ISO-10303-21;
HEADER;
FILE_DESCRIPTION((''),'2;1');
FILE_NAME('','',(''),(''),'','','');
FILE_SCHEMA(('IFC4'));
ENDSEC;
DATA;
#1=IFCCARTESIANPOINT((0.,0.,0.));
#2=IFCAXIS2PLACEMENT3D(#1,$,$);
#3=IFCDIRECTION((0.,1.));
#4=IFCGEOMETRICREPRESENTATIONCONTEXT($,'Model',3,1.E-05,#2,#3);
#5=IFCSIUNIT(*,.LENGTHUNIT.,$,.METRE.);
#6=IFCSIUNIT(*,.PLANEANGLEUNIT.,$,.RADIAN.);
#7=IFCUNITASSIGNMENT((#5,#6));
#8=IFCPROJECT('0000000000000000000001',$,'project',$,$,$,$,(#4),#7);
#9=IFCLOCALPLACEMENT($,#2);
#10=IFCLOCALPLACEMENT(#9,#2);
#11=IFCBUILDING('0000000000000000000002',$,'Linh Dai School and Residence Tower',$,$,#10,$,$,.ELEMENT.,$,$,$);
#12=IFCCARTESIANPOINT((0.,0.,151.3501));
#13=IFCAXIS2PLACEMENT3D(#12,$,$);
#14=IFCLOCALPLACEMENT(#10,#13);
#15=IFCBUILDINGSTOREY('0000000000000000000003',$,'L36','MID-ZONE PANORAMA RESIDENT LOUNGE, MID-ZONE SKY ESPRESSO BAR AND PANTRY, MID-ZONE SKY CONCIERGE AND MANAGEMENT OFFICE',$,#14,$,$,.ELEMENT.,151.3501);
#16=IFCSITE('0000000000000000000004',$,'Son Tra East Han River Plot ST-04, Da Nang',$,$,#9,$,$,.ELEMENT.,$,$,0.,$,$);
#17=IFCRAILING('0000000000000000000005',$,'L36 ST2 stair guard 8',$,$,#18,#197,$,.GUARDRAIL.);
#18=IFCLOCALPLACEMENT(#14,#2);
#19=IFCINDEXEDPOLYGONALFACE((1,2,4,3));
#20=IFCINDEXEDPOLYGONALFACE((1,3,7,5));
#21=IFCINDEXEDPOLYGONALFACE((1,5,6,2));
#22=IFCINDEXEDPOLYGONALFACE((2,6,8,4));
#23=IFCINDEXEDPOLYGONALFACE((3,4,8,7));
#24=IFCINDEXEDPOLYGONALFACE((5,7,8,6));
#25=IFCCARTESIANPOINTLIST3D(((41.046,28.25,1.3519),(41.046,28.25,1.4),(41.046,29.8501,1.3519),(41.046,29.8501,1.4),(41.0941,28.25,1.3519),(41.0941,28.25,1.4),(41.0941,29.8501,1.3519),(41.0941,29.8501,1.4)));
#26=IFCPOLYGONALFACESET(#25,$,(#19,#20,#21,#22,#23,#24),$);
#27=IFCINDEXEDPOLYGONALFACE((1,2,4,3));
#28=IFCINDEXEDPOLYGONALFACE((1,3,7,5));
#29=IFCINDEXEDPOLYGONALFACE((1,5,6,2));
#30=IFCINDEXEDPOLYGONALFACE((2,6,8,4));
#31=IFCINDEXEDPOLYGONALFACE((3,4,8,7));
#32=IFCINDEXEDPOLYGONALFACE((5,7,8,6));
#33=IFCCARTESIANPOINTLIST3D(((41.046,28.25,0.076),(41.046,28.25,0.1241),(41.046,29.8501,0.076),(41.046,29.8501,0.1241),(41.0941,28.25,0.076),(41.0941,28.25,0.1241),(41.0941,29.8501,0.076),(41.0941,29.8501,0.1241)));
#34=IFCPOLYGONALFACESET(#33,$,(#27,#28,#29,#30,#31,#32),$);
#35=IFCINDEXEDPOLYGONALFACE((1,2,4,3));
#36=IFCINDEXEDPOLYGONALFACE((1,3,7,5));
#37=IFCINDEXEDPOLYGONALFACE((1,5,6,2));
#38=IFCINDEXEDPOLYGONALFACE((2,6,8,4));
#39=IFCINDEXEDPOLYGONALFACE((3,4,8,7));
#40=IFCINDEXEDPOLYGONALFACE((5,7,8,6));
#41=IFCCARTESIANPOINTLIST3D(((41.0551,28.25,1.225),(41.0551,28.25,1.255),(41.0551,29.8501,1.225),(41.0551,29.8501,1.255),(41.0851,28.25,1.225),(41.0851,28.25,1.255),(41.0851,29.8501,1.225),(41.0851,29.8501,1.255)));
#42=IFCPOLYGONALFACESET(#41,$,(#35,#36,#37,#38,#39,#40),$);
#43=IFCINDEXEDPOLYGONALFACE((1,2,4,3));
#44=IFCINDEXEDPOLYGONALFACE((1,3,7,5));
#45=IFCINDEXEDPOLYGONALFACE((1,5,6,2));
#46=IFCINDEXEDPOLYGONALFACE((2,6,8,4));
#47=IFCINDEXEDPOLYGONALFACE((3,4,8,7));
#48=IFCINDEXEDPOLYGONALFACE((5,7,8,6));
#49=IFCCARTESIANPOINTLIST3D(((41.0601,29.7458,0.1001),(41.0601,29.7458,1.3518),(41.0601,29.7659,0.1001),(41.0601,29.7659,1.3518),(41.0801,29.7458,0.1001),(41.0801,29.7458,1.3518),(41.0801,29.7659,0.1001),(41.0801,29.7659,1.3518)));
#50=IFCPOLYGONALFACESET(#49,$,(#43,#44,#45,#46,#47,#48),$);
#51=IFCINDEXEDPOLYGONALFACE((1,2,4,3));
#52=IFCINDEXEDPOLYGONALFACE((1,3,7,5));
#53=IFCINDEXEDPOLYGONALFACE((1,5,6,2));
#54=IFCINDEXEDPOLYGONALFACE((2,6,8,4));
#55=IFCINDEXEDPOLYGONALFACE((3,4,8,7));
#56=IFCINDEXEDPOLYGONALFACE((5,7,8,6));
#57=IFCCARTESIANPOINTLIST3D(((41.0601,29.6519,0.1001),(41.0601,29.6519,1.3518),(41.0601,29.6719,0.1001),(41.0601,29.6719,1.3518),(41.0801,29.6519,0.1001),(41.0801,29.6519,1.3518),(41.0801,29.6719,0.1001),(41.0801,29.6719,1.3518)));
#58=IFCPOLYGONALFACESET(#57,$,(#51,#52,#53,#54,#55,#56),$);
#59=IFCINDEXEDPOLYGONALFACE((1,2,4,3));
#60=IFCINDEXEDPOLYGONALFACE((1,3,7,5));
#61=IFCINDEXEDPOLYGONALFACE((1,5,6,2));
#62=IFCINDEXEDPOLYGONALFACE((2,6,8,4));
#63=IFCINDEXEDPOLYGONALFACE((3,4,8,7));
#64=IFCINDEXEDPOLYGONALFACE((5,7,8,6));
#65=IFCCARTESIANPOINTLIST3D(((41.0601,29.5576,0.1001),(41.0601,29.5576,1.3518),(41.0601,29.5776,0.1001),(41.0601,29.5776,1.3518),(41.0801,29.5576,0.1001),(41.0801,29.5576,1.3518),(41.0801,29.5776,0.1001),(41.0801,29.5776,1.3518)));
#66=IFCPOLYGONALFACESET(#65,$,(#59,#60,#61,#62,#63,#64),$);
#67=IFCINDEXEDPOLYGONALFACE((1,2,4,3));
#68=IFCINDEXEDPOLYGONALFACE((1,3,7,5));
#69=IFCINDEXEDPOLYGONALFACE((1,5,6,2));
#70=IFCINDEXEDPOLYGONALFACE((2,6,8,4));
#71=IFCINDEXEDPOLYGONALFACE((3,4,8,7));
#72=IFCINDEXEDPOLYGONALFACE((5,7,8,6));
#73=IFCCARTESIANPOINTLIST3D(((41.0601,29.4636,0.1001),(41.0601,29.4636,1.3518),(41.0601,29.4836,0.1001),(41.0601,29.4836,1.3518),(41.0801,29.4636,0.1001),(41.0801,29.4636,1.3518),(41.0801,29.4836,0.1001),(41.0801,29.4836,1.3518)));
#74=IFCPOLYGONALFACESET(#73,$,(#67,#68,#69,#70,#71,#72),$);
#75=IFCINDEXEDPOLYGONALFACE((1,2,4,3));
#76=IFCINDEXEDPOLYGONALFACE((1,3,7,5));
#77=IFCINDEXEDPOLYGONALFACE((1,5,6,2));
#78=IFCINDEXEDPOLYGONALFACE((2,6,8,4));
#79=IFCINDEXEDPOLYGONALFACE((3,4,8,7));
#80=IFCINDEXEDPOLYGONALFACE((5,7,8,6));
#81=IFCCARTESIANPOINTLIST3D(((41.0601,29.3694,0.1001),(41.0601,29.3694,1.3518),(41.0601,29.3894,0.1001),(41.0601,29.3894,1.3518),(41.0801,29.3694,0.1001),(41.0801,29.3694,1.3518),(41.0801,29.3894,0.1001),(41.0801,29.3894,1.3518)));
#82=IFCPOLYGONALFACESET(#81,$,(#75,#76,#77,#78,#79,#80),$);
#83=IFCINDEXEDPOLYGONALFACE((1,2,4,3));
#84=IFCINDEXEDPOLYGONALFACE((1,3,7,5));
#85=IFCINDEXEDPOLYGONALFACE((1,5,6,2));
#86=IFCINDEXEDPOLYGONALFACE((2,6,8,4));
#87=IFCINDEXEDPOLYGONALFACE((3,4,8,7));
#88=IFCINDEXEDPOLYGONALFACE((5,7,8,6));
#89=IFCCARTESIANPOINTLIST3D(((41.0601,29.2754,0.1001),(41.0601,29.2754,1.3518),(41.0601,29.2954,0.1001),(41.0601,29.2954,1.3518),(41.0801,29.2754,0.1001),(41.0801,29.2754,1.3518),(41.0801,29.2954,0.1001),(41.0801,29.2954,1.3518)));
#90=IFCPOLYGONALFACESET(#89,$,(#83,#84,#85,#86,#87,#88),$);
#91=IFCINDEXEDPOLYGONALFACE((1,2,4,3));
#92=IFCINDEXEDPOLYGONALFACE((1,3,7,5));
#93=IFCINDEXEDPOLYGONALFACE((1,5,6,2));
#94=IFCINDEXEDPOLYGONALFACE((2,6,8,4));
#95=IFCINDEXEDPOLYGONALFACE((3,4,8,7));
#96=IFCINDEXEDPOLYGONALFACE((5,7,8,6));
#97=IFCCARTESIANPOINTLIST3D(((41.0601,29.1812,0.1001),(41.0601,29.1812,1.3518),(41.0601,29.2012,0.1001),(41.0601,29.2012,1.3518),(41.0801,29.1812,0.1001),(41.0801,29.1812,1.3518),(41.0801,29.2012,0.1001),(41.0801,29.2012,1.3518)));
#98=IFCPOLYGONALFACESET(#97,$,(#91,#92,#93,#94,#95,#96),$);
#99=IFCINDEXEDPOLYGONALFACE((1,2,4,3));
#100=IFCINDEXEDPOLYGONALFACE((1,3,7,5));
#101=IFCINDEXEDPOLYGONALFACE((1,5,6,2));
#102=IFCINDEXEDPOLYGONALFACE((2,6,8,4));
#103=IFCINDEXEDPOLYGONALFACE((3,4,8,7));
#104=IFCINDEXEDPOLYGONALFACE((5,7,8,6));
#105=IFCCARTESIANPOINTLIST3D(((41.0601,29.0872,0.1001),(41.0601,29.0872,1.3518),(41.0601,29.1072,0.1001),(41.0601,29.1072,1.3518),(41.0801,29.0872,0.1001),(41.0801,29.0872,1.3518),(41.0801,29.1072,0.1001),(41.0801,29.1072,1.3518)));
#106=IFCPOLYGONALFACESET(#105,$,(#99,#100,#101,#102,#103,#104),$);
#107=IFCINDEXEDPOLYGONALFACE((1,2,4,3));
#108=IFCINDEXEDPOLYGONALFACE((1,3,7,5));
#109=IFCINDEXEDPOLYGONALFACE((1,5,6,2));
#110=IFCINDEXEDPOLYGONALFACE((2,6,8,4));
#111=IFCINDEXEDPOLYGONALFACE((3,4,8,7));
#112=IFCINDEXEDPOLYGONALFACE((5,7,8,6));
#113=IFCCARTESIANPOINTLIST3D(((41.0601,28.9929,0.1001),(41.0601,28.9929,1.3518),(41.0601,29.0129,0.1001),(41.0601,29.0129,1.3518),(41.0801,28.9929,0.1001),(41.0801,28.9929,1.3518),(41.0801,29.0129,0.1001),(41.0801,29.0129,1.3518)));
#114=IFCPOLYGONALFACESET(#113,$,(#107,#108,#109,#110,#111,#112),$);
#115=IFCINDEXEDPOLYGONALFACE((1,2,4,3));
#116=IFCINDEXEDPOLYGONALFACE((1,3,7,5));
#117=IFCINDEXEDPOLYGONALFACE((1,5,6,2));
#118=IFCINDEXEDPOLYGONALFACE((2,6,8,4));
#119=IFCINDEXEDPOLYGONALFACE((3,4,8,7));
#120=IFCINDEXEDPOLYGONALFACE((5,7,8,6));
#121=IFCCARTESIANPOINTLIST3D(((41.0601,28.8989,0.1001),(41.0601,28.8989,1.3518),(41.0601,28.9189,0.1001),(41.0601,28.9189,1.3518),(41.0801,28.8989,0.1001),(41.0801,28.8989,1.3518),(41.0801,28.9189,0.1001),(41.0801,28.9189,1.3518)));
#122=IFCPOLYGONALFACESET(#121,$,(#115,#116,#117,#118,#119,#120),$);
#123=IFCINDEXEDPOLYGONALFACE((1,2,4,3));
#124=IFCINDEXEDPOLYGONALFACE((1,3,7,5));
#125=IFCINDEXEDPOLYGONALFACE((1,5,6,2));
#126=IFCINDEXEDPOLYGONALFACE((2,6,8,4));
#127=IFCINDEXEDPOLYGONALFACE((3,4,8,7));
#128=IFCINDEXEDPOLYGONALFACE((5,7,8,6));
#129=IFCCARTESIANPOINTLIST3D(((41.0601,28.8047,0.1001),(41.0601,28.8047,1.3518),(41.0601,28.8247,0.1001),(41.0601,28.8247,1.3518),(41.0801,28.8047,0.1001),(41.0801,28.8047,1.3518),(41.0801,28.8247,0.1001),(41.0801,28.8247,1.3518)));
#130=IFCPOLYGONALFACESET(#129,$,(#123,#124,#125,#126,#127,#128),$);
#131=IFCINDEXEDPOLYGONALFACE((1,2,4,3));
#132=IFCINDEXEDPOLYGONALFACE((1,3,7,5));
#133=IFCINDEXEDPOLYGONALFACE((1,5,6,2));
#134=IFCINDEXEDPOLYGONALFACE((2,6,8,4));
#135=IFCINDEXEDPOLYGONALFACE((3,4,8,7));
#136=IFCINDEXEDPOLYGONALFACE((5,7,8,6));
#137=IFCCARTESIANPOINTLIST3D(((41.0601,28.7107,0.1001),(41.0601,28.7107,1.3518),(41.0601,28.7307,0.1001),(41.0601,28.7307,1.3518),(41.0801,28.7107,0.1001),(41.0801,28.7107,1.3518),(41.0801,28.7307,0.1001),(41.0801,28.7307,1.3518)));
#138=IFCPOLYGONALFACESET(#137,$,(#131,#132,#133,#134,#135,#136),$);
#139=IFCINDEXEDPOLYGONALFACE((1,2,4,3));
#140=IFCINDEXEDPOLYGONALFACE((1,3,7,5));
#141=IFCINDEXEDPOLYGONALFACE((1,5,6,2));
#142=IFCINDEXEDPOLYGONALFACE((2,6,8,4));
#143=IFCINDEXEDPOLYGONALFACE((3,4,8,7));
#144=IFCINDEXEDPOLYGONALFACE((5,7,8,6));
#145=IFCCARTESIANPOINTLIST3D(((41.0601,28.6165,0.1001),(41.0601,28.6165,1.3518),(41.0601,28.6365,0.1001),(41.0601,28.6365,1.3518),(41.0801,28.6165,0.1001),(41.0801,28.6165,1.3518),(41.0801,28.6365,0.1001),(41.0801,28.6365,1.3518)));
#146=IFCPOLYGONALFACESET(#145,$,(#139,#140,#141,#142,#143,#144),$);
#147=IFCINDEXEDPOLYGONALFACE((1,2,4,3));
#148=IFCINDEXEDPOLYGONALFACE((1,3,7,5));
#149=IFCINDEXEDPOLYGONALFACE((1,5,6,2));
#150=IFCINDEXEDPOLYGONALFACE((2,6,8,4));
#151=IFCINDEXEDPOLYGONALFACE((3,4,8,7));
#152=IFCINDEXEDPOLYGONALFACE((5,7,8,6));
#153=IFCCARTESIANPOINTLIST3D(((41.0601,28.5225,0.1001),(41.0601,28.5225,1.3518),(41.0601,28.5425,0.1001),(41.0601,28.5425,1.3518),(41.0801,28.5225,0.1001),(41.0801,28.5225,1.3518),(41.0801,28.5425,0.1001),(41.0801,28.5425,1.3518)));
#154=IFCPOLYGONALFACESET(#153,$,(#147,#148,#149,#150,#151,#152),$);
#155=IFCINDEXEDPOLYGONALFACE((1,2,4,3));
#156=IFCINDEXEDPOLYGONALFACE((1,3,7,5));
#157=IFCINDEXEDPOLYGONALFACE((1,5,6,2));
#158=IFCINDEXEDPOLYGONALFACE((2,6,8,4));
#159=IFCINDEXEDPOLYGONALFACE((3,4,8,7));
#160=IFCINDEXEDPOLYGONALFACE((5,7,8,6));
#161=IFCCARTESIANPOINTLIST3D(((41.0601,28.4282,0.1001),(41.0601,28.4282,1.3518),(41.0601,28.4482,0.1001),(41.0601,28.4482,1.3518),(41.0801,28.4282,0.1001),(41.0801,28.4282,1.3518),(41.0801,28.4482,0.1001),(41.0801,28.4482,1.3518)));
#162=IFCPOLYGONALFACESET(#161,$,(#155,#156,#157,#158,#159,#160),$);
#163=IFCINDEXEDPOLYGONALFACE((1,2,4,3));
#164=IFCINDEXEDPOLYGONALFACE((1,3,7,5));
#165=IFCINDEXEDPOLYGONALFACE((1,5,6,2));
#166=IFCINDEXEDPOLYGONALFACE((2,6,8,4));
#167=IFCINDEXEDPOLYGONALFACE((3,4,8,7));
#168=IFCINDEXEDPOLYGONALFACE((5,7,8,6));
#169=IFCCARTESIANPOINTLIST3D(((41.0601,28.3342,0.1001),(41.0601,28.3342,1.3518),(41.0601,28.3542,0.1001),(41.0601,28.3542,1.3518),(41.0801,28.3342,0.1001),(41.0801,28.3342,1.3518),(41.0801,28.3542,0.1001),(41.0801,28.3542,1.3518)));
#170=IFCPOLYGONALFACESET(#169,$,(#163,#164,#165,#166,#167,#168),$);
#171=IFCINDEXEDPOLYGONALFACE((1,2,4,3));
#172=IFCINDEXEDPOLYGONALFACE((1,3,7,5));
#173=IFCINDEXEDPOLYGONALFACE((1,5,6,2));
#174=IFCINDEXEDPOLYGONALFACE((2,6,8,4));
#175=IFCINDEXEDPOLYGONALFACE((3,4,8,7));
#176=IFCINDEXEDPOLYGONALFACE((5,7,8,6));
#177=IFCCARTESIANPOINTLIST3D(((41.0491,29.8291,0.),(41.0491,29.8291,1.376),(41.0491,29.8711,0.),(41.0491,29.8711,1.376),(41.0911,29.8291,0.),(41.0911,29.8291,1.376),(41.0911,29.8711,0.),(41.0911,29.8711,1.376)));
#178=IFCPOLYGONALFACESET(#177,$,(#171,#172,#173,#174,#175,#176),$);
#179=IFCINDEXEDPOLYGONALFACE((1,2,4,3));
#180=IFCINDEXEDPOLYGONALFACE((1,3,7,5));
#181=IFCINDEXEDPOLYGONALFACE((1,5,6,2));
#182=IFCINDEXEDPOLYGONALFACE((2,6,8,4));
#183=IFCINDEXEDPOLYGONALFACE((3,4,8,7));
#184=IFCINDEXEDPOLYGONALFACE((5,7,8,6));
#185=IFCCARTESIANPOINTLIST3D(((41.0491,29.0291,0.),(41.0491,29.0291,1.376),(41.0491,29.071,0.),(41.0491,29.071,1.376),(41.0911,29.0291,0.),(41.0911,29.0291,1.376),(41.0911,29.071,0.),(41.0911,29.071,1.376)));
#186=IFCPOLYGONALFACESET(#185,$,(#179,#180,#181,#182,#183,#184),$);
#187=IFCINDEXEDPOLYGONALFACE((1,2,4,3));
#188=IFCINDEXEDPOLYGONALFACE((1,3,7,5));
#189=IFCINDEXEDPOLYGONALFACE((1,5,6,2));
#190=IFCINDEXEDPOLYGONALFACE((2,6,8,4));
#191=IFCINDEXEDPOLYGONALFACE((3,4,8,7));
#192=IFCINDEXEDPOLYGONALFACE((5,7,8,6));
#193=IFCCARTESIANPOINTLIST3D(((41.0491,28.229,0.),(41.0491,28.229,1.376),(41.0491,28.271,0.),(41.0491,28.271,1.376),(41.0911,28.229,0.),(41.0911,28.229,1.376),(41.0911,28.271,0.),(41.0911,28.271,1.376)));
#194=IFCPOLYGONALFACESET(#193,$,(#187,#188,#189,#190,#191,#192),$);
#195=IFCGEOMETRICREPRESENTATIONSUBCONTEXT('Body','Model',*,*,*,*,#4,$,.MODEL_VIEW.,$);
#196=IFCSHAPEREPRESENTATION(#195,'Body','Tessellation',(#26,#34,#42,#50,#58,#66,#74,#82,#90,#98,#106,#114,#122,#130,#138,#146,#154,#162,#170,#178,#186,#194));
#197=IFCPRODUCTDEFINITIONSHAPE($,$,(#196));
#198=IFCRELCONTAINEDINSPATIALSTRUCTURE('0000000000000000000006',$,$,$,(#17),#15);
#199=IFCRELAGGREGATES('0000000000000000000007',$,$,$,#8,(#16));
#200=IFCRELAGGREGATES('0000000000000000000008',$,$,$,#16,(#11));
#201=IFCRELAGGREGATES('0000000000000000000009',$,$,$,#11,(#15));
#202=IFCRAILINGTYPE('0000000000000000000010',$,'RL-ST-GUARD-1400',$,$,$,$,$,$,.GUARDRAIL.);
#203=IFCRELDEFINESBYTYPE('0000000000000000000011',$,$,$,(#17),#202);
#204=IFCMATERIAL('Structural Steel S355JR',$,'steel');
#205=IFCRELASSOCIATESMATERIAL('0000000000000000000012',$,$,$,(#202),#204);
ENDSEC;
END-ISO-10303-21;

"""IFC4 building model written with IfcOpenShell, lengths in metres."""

from ifc_helpers import new_model, si_unit, direction, frame, origin, origin_2d, place, context, subcontext, project, spatial, rectangle, extrude, source, transform, mapped, material, type_object, element, save


model = new_model("IFC4")

# Units and contexts
model_context = context("Model", 3, precision=1e-05, world=origin(), true_north=direction((0.0, 1.0)))
body_context = subcontext(model_context, "Body", "Model", "MODEL_VIEW")
ifc_project = project(units=[si_unit("LENGTHUNIT", "METRE"), si_unit("PLANEANGLEUNIT", "RADIAN")], contexts=[model_context])

# Site, building, storey
site_placement = place(None, origin())
site = spatial("IfcSite", under=ifc_project, at=site_placement, Name="Son Tra East Han River Plot ST-04, Da Nang", CompositionType="ELEMENT", RefElevation=0.0)
building_placement = place(site_placement, origin())
building = spatial("IfcBuilding", under=site, at=building_placement, Name="Linh Dai School and Residence Tower", CompositionType="ELEMENT")
storey_placement = place(building_placement, frame((0.0, 0.0, 151.3501)))
storey = spatial("IfcBuildingStorey", under=building, at=storey_placement, Name="L36", Description="MID-ZONE PANORAMA RESIDENT LOUNGE, MID-ZONE SKY ESPRESSO BAR AND PANTRY, MID-ZONE SKY CONCIERGE AND MANAGEMENT OFFICE", CompositionType="ELEMENT", Elevation=151.3501)

# Shared definitions
ifc_material_1 = material(Name="Structural Steel S355JR", Category="steel")

# Railing
railing_type_1 = type_object("IfcRailingType", Name="RL-ST-GUARD-1400", PredefinedType="GUARDRAIL", material=ifc_material_1)
shared_shape_1 = source(origin(), body_context, "Body", "SweptSolid", [
    extrude(rectangle(XDim=0.0481, YDim=0.0481, at=origin_2d()), frame((0.0, 0.0, 1.376), z_axis=(0.0, -1.0, 0.0), x_axis=(1.0, 0.0, 0.0)), (0.0, 0.0, 1.0), 1.6001),
    extrude(rectangle(XDim=0.0481, YDim=0.0481, at=origin_2d()), frame((0.0, 0.0, 0.1001), z_axis=(0.0, -1.0, 0.0), x_axis=(1.0, 0.0, 0.0)), (0.0, 0.0, 1.0), 1.6001),
    extrude(rectangle(XDim=0.03, YDim=0.03, at=origin_2d()), frame((0.0, 0.0, 1.24), z_axis=(0.0, -1.0, 0.0), x_axis=(1.0, 0.0, 0.0)), (0.0, 0.0, 1.0), 1.6001),
    extrude(rectangle(XDim=0.02, YDim=0.02, at=origin_2d()), frame((0.0, -0.0942, 0.1001)), (0.0, 0.0, 1.0), 1.2517),
    extrude(rectangle(XDim=0.02, YDim=0.02, at=origin_2d()), frame((0.0, -0.1882, 0.1001)), (0.0, 0.0, 1.0), 1.2517),
    extrude(rectangle(XDim=0.02, YDim=0.02, at=origin_2d()), frame((0.0, -0.2825, 0.1001)), (0.0, 0.0, 1.0), 1.2517),
    extrude(rectangle(XDim=0.02, YDim=0.02, at=origin_2d()), frame((0.0, -0.3765, 0.1001)), (0.0, 0.0, 1.0), 1.2517),
    extrude(rectangle(XDim=0.02, YDim=0.02, at=origin_2d()), frame((0.0, -0.4707, 0.1001)), (0.0, 0.0, 1.0), 1.2517),
    extrude(rectangle(XDim=0.02, YDim=0.02, at=origin_2d()), frame((0.0, -0.5647, 0.1001)), (0.0, 0.0, 1.0), 1.2517),
    extrude(rectangle(XDim=0.02, YDim=0.02, at=origin_2d()), frame((0.0, -0.6589, 0.1001)), (0.0, 0.0, 1.0), 1.2517),
    extrude(rectangle(XDim=0.02, YDim=0.02, at=origin_2d()), frame((0.0, -0.7529, 0.1001)), (0.0, 0.0, 1.0), 1.2517),
    extrude(rectangle(XDim=0.02, YDim=0.02, at=origin_2d()), frame((0.0, -0.8472, 0.1001)), (0.0, 0.0, 1.0), 1.2517),
    extrude(rectangle(XDim=0.02, YDim=0.02, at=origin_2d()), frame((0.0, -0.9412, 0.1001)), (0.0, 0.0, 1.0), 1.2517),
    extrude(rectangle(XDim=0.02, YDim=0.02, at=origin_2d()), frame((0.0, -1.0354, 0.1001)), (0.0, 0.0, 1.0), 1.2517),
    extrude(rectangle(XDim=0.02, YDim=0.02, at=origin_2d()), frame((0.0, -1.1294, 0.1001)), (0.0, 0.0, 1.0), 1.2517),
    extrude(rectangle(XDim=0.02, YDim=0.02, at=origin_2d()), frame((0.0, -1.2236, 0.1001)), (0.0, 0.0, 1.0), 1.2517),
    extrude(rectangle(XDim=0.02, YDim=0.02, at=origin_2d()), frame((0.0, -1.3176, 0.1001)), (0.0, 0.0, 1.0), 1.2517),
    extrude(rectangle(XDim=0.02, YDim=0.02, at=origin_2d()), frame((0.0, -1.4119, 0.1001)), (0.0, 0.0, 1.0), 1.2517),
    extrude(rectangle(XDim=0.02, YDim=0.02, at=origin_2d()), frame((0.0, -1.5059, 0.1001)), (0.0, 0.0, 1.0), 1.2517),
    extrude(rectangle(XDim=0.042, YDim=0.042, at=origin_2d()), origin(), (0.0, 0.0, 1.0), 1.376),
    extrude(rectangle(XDim=0.042, YDim=0.042, at=origin_2d()), frame((0.0, -0.8, 0.0)), (0.0, 0.0, 1.0), 1.376),
    extrude(rectangle(XDim=0.042, YDim=0.042, at=origin_2d()), frame((0.0, -1.6001, 0.0)), (0.0, 0.0, 1.0), 1.376),
])
for number, where, name in (
    (1, (41.0701, 29.8501, 0.0), "L36 ST2 stair guard 8"),
):
    element("IfcRailing", number, at=place(storey_placement, frame(where)), inside=storey, type_object=railing_type_1, Name=name, PredefinedType="GUARDRAIL", context=body_context, shape_type="MappedRepresentation", body=[
        mapped(shared_shape_1, transform((0.0, 0.0, 0.0), x_axis=(1.0, 0.0, 0.0), y_axis=(0.0, 1.0, 0.0), z_axis=(0.0, 0.0, 1.0), scale=1.0)),
    ])

save(model, "model.ifc")
